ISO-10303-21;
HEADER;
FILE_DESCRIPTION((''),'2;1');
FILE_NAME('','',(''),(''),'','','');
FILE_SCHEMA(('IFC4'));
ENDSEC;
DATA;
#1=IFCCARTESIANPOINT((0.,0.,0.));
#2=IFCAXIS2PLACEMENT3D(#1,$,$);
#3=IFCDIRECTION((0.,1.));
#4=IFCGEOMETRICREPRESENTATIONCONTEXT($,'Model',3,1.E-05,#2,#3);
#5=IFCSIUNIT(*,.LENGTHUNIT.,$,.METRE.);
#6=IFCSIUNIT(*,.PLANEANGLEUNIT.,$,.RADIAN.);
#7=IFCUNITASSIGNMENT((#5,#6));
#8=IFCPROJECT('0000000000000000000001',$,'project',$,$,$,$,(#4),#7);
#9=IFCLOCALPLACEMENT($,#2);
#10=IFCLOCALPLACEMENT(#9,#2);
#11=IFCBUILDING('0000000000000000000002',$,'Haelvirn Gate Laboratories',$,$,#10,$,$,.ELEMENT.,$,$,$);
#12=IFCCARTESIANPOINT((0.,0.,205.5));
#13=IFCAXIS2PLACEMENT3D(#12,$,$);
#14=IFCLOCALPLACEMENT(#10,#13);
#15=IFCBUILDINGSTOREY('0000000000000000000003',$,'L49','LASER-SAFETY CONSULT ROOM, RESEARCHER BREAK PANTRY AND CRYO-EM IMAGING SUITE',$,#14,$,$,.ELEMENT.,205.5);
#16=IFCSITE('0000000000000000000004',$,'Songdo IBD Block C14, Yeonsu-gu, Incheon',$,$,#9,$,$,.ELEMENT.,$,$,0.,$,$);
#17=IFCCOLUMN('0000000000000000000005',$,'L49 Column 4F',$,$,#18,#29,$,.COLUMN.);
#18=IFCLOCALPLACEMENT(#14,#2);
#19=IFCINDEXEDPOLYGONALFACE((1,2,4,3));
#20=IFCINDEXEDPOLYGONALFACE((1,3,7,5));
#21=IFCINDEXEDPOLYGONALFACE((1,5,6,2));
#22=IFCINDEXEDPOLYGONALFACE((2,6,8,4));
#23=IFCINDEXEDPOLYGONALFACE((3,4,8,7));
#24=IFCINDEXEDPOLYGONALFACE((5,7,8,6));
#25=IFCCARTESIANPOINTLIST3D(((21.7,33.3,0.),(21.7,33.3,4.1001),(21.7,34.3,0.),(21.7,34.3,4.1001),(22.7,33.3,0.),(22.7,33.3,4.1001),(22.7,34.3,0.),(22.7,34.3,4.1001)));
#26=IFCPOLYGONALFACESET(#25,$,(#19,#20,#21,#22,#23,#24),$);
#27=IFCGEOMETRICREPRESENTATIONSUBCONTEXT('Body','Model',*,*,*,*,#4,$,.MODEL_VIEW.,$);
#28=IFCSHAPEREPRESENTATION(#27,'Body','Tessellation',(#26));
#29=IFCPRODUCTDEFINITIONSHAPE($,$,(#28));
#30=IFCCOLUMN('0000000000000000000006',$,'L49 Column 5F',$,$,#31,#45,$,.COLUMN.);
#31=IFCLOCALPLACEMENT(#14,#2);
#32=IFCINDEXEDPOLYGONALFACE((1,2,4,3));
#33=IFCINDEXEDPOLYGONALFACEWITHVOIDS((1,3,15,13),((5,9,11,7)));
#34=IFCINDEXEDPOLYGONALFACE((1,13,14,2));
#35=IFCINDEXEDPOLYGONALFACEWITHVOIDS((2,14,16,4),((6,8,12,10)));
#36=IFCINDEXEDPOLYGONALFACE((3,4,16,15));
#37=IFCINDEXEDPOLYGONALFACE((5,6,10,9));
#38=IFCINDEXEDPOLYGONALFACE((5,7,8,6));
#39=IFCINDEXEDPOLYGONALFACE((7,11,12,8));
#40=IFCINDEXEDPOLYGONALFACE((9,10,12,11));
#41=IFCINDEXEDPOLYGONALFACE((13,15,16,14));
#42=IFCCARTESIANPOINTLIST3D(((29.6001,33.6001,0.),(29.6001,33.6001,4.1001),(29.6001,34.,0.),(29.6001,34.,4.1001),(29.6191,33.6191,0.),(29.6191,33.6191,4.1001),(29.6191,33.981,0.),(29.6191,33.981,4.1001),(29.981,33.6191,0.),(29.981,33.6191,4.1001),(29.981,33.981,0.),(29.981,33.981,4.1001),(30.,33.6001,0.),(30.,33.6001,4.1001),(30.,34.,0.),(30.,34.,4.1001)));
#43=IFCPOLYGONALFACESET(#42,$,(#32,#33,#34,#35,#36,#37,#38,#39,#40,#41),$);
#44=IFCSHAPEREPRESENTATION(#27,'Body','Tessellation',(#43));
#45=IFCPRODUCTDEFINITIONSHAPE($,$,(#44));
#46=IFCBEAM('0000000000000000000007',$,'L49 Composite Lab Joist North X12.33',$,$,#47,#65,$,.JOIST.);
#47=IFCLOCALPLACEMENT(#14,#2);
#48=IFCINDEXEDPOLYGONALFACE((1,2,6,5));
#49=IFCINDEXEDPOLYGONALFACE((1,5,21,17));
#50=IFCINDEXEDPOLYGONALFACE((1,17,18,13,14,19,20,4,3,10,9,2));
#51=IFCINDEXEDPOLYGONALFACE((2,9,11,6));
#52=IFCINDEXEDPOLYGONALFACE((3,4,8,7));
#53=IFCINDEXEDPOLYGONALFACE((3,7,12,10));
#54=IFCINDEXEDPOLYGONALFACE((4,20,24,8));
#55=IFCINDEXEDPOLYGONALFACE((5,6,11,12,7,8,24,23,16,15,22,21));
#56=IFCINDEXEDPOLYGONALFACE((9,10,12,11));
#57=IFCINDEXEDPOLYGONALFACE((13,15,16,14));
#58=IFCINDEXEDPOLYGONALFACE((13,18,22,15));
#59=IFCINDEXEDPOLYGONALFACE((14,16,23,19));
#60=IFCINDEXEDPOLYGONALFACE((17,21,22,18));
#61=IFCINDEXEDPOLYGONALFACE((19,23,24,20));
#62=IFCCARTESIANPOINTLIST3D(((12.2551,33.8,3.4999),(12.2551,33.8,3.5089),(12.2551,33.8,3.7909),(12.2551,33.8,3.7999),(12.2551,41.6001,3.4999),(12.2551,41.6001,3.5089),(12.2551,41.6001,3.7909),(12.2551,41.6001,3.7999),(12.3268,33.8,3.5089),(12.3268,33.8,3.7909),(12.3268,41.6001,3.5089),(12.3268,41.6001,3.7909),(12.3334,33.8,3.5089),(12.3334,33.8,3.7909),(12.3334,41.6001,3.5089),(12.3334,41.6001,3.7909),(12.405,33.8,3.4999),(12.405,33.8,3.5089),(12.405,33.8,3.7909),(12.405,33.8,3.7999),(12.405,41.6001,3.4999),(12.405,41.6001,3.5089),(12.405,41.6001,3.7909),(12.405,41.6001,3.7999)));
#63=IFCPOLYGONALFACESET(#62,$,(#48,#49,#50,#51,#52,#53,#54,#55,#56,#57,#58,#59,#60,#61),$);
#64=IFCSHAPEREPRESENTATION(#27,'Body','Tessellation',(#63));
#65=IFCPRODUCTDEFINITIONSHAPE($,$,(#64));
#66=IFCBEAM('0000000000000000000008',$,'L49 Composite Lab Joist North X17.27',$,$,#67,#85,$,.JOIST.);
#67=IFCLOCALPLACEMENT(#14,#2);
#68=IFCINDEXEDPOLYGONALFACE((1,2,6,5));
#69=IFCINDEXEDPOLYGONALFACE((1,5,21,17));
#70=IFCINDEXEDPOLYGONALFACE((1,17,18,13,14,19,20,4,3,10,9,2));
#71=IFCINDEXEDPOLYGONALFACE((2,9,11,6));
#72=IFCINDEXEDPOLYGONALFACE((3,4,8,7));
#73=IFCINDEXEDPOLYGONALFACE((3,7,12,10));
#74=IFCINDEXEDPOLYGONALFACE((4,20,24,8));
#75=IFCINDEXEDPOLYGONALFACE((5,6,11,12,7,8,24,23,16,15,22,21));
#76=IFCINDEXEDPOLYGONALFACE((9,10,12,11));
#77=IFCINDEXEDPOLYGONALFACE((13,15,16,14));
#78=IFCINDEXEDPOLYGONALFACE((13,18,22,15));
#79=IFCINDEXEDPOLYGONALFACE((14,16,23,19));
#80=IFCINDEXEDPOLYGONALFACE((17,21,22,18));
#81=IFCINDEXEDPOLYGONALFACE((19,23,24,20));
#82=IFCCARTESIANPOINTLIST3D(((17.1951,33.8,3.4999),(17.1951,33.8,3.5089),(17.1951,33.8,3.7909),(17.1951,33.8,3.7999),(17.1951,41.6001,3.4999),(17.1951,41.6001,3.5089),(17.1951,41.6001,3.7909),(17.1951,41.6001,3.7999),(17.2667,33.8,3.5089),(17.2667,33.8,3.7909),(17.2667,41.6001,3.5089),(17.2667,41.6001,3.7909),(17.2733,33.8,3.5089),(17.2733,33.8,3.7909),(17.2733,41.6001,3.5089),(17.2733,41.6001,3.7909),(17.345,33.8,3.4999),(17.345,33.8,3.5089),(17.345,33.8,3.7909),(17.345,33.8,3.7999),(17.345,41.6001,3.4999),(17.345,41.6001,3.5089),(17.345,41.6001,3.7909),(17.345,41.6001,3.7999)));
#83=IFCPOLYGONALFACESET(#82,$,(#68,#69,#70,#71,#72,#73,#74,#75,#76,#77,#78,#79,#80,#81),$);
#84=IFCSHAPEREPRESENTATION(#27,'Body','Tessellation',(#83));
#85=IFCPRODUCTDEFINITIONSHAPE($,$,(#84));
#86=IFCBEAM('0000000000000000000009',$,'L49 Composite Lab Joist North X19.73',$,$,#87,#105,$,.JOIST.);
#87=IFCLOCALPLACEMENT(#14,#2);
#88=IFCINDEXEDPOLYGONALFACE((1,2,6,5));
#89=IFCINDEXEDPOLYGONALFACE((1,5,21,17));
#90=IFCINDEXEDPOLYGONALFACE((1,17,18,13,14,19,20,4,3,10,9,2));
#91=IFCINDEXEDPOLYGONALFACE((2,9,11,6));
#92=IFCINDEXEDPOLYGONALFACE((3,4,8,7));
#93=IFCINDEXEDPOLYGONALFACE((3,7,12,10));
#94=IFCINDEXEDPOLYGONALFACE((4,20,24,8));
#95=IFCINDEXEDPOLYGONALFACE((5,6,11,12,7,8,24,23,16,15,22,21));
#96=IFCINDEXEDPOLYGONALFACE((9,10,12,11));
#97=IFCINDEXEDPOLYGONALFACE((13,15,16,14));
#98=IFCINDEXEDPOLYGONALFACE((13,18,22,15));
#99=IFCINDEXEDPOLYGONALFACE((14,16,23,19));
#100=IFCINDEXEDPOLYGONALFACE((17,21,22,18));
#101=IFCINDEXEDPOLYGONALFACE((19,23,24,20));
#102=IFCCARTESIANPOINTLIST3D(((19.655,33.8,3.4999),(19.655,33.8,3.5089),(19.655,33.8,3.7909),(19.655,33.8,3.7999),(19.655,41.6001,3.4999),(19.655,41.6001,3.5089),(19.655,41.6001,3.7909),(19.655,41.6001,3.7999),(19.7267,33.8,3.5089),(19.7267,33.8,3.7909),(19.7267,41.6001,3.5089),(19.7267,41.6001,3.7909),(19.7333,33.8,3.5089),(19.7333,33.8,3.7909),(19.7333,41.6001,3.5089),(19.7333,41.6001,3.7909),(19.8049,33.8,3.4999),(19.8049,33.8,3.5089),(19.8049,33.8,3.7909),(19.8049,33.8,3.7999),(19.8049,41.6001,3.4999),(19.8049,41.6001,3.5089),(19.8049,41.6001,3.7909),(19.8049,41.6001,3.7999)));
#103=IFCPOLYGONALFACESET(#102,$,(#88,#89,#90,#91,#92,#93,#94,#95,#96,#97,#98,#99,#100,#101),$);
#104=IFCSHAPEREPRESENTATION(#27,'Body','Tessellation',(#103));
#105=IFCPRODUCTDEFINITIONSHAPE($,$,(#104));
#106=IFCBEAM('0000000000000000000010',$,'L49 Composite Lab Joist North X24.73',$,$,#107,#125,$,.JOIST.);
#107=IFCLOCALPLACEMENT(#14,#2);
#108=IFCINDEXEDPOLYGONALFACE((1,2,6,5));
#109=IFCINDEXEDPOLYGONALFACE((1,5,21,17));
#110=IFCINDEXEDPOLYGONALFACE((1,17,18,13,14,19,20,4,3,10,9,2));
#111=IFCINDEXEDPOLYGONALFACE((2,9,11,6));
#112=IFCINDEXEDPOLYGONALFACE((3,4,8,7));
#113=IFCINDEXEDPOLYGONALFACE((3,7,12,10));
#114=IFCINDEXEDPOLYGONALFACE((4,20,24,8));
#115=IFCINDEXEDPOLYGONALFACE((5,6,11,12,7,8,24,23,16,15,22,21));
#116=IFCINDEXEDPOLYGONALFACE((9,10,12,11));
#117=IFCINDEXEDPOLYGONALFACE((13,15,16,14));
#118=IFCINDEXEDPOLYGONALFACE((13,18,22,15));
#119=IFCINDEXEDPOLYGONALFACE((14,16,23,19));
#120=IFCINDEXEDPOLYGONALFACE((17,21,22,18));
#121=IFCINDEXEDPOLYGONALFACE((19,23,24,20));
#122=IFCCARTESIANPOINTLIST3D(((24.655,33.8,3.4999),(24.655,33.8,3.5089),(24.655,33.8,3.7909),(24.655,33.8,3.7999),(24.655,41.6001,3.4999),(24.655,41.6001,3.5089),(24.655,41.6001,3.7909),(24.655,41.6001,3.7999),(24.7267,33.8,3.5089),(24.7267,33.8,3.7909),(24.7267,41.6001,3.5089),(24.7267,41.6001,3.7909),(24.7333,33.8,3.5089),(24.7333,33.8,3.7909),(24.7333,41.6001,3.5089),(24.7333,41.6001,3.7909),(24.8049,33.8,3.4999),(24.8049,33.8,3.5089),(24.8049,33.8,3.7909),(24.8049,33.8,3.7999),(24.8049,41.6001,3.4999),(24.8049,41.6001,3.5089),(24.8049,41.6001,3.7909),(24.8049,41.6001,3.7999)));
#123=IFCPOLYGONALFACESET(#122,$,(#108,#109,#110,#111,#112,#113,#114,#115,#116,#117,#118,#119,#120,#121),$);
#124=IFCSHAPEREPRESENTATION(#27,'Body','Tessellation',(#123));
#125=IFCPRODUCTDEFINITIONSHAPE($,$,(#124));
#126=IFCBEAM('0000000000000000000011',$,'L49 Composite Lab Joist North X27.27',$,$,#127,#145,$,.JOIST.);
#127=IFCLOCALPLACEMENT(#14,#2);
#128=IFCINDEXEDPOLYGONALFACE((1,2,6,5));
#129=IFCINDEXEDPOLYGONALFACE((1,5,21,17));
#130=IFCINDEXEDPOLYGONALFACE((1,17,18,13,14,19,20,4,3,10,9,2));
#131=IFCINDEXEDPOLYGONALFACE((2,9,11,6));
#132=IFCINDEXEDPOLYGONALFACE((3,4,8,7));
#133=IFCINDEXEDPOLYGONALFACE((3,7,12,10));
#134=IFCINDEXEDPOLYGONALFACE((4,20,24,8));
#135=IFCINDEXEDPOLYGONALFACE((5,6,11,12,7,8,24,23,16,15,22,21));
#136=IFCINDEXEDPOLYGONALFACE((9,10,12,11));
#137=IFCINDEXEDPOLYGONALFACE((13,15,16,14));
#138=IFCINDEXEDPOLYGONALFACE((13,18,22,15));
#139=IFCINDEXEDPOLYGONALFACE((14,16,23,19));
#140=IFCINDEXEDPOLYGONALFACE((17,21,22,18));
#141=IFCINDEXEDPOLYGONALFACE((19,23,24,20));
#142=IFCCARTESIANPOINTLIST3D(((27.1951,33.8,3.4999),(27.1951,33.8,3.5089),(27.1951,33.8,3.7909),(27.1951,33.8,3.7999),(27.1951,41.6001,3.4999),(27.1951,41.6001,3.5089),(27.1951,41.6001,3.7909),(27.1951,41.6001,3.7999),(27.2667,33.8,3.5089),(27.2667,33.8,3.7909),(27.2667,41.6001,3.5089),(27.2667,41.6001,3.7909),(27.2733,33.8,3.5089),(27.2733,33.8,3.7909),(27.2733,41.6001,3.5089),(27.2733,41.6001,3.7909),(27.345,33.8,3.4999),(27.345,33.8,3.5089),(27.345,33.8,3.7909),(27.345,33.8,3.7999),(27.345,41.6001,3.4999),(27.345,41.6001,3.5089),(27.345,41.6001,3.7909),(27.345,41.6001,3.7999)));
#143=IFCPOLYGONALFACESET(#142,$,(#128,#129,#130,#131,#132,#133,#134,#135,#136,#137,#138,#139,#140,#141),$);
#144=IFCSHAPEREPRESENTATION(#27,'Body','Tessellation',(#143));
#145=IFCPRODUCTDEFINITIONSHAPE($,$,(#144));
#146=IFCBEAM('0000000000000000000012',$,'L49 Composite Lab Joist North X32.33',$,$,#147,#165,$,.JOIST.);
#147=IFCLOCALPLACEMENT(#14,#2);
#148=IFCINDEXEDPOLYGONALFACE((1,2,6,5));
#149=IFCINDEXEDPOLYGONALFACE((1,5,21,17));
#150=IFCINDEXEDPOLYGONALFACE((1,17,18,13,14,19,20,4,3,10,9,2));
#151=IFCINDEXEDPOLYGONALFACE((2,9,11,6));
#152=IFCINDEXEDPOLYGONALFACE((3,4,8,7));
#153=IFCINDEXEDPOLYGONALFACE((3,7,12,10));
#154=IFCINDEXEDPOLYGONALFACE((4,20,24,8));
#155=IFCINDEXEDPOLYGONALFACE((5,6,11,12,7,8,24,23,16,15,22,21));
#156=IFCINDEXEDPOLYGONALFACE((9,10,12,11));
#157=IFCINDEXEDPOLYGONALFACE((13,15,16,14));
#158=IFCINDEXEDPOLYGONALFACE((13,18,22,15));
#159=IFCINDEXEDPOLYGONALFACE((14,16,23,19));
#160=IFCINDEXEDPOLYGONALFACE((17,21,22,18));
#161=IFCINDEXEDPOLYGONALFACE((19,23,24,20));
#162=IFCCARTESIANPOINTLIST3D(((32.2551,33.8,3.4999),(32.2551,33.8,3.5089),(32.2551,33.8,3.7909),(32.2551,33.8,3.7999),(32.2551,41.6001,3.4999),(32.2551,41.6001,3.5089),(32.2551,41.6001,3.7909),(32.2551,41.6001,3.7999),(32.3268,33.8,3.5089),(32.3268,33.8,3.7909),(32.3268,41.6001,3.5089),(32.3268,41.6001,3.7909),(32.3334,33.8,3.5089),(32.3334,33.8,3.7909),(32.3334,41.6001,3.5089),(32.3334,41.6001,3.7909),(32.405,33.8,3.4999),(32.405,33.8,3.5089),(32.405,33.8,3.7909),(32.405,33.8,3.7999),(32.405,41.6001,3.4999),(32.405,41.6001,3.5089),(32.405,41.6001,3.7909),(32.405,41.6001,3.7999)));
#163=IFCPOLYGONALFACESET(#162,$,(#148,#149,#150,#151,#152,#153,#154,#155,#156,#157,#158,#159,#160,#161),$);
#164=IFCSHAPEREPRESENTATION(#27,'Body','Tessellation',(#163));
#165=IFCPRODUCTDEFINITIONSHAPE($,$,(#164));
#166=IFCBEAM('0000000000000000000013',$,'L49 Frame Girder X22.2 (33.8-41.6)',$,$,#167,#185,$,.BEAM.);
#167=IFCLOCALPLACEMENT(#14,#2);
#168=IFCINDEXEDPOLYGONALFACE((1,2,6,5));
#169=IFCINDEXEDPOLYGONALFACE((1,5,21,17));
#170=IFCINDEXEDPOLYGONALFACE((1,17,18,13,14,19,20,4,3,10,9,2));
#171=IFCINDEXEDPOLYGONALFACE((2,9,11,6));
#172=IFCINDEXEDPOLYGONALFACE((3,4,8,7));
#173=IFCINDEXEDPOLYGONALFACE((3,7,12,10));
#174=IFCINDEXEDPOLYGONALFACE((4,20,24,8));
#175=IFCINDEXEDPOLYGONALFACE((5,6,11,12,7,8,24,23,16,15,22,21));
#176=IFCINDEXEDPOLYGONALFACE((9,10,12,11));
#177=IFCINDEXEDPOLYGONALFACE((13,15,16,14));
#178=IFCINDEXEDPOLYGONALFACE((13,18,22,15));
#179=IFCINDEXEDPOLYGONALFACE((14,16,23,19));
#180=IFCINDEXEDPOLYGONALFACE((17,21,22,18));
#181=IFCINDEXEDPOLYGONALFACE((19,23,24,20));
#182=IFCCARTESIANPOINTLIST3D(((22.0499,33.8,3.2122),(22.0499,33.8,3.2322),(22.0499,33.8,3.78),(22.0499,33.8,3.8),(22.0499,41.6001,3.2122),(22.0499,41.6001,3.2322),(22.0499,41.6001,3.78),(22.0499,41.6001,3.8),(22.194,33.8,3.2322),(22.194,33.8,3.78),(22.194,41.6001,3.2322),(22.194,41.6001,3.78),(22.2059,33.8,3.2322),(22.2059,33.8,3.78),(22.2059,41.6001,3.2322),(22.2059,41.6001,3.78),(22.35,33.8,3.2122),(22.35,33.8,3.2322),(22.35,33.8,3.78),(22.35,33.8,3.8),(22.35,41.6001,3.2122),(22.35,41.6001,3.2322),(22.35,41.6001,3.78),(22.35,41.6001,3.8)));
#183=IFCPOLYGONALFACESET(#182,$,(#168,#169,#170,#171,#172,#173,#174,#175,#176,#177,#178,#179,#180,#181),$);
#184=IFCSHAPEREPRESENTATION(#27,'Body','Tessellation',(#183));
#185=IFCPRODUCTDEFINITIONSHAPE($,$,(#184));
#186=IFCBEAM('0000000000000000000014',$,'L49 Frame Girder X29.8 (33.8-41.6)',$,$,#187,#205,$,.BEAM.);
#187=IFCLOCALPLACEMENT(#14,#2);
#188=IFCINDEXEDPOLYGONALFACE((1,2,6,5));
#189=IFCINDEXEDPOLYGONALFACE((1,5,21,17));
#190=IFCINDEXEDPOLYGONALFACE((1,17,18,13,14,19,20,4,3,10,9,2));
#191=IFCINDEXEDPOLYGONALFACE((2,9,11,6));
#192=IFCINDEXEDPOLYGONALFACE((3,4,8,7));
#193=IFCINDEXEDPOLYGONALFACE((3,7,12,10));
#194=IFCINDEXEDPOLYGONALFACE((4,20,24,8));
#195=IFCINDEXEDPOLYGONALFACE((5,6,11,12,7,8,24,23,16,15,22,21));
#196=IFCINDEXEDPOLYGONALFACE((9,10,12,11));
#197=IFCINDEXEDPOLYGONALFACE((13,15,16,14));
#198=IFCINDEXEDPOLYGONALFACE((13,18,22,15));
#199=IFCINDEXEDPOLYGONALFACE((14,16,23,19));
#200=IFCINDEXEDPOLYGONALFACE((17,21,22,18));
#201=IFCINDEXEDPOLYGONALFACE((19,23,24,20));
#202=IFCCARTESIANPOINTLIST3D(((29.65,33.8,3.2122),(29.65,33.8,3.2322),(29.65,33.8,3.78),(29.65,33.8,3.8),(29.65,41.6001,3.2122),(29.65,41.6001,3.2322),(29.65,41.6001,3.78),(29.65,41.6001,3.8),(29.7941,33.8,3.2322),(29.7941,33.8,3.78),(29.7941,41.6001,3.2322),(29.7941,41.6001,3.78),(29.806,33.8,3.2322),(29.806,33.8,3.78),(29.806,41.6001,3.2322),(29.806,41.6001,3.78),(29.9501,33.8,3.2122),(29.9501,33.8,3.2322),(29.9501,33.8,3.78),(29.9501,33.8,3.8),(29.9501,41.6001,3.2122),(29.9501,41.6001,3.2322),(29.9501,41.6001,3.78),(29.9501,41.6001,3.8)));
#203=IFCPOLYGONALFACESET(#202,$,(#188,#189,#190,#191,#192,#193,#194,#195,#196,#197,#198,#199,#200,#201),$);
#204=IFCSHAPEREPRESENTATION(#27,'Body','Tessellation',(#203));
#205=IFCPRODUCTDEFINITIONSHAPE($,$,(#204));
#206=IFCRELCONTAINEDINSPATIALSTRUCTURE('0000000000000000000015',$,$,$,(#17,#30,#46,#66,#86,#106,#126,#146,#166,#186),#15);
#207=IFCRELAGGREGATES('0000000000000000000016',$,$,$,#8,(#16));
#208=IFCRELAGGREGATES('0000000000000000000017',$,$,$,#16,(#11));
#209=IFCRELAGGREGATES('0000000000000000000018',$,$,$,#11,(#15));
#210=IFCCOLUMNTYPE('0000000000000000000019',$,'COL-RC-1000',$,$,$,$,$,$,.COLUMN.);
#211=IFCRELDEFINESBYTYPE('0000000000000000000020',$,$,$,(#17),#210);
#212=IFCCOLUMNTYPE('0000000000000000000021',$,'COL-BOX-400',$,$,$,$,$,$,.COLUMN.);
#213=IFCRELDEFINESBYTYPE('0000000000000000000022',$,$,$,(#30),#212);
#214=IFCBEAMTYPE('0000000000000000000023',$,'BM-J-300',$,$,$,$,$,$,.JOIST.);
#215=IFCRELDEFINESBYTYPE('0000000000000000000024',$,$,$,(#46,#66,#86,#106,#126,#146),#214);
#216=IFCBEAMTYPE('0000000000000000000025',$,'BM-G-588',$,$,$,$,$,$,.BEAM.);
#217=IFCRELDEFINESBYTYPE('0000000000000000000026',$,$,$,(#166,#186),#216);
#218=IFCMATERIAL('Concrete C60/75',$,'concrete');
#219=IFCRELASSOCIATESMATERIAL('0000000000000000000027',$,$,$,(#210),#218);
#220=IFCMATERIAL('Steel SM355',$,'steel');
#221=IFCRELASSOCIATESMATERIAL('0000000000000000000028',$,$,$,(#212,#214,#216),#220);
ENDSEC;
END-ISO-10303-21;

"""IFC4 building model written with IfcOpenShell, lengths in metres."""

from ifc_helpers import new_model, si_unit, direction, frame, origin, origin_2d, place, context, subcontext, project, spatial, rectangle, hollow_rectangle, i_section, extrude, source, transform, mapped, material, material_profile, profile_set, type_object, type_shapes, element, save


model = new_model("IFC4")

# Units and contexts
model_context = context("Model", 3, precision=1e-05, world=origin(), true_north=direction((0.0, 1.0)))
body_context = subcontext(model_context, "Body", "Model", "MODEL_VIEW")
ifc_project = project(units=[si_unit("LENGTHUNIT", "METRE"), si_unit("PLANEANGLEUNIT", "RADIAN")], contexts=[model_context])

# Site, building, storey
site_placement = place(None, origin())
site = spatial("IfcSite", under=ifc_project, at=site_placement, Name="Songdo IBD Block C14, Yeonsu-gu, Incheon", CompositionType="ELEMENT", RefElevation=0.0)
building_placement = place(site_placement, origin())
building = spatial("IfcBuilding", under=site, at=building_placement, Name="Haelvirn Gate Laboratories", CompositionType="ELEMENT")
storey_placement = place(building_placement, frame((0.0, 0.0, 205.5)))
storey = spatial("IfcBuildingStorey", under=building, at=storey_placement, Name="L49", Description="LASER-SAFETY CONSULT ROOM, RESEARCHER BREAK PANTRY AND CRYO-EM IMAGING SUITE", CompositionType="ELEMENT", Elevation=205.5)

# Columns
ifc_material_1 = material(Name="Concrete C60/75", Category="concrete")
ifc_material_profile_1 = material_profile(ifc_material_1, rectangle(XDim=1.0, YDim=1.0, at=origin_2d()), Name="RC-1000x1000")
ifc_profile_set_1 = profile_set([ifc_material_profile_1], Name="Concrete C60/75")
column_type_1 = type_object("IfcColumnType", Name="COL-RC-1000", PredefinedType="COLUMN", material=ifc_profile_set_1)
shared_shape_1 = source(origin(), body_context, "Body", "SweptSolid", [
    extrude(rectangle(XDim=1.0, YDim=1.0, at=origin_2d()), origin(), (0.0, 0.0, 1.0), 4.1001),
])
type_shapes(column_type_1, [shared_shape_1])
column_1_placement = place(storey_placement, frame((22.2, 33.8, 0.0), z_axis=(0.0, 0.0, 1.0), x_axis=(1.0, 0.0, 0.0)))
element("IfcColumn", 1, at=column_1_placement, inside=storey, type_object=column_type_1, Name="L49 Column 4F", PredefinedType="COLUMN", context=body_context, shape_type="MappedRepresentation", body=[
    mapped(shared_shape_1, transform((0.0, 0.0, 0.0), scale=1.0)),
])
ifc_material_2 = material(Name="Steel SM355", Category="steel")
ifc_material_profile_2 = material_profile(ifc_material_2, hollow_rectangle(XDim=0.3999, YDim=0.3999, WallThickness=0.019, at=origin_2d()), Name="BOX-400x400x19")
ifc_profile_set_2 = profile_set([ifc_material_profile_2], Name="Steel SM355")
column_type_2 = type_object("IfcColumnType", Name="COL-BOX-400", PredefinedType="COLUMN", material=ifc_profile_set_2)
shared_shape_2 = source(origin(), body_context, "Body", "SweptSolid", [
    extrude(hollow_rectangle(XDim=0.3999, YDim=0.3999, WallThickness=0.019, at=origin_2d()), origin(), (0.0, 0.0, 1.0), 4.1001),
])
type_shapes(column_type_2, [shared_shape_2])
column_2_placement = place(storey_placement, frame((29.8, 33.8, 0.0), z_axis=(0.0, 0.0, 1.0), x_axis=(1.0, 0.0, 0.0)))
element("IfcColumn", 2, at=column_2_placement, inside=storey, type_object=column_type_2, Name="L49 Column 5F", PredefinedType="COLUMN", context=body_context, shape_type="MappedRepresentation", body=[
    mapped(shared_shape_2, transform((0.0, 0.0, 0.0), scale=1.0)),
])

# Beams
ifc_material_profile_3 = material_profile(ifc_material_2, i_section(OverallWidth=0.1499, OverallDepth=0.3, WebThickness=0.0066, FlangeThickness=0.009, at=origin_2d()), Name="H-300x150x6.5x9")
ifc_profile_set_3 = profile_set([ifc_material_profile_3], Name="Steel SM355")
beam_type_1 = type_object("IfcBeamType", Name="BM-J-300", PredefinedType="JOIST", material=ifc_profile_set_3)
shared_shape_3 = source(origin(), body_context, "Body", "SweptSolid", [
    extrude(i_section(OverallWidth=0.1499, OverallDepth=0.3, WebThickness=0.0066, FlangeThickness=0.009, at=origin_2d()), origin(), (0.0, 0.0, 1.0), 7.8),
])
type_shapes(beam_type_1, [shared_shape_3])
for number, where, z_axis, x_axis, name in (
    (3, (12.3301, 33.8, 3.6499), (0.0, 1.0, 0.0), (-1.0, 0.0, 0.0), "L49 Composite Lab Joist North X12.33"),
    (4, (17.27, 33.8, 3.6499), (0.0, 1.0, 0.0), (-1.0, 0.0, 0.0), "L49 Composite Lab Joist North X17.27"),
    (5, (19.73, 33.8, 3.6499), (0.0, 1.0, 0.0), (-1.0, 0.0, 0.0), "L49 Composite Lab Joist North X19.73"),
    (6, (24.73, 33.8, 3.6499), (0.0, 1.0, 0.0), (-1.0, 0.0, 0.0), "L49 Composite Lab Joist North X24.73"),
    (7, (27.27, 33.8, 3.6499), (0.0, 1.0, 0.0), (-1.0, 0.0, 0.0), "L49 Composite Lab Joist North X27.27"),
    (8, (32.3301, 33.8, 3.6499), (0.0, 1.0, 0.0), (-1.0, 0.0, 0.0), "L49 Composite Lab Joist North X32.33"),
):
    element("IfcBeam", number, at=place(storey_placement, frame(where, z_axis=z_axis, x_axis=x_axis)), inside=storey, type_object=beam_type_1, Name=name, PredefinedType="JOIST", context=body_context, shape_type="MappedRepresentation", body=[
        mapped(shared_shape_3, transform((0.0, 0.0, 0.0), scale=1.0)),
    ])
ifc_material_profile_4 = material_profile(ifc_material_2, i_section(OverallWidth=0.3, OverallDepth=0.5879, WebThickness=0.012, FlangeThickness=0.02, at=origin_2d()), Name="H-588x300x12x20")
ifc_profile_set_4 = profile_set([ifc_material_profile_4], Name="Steel SM355")
beam_type_2 = type_object("IfcBeamType", Name="BM-G-588", PredefinedType="BEAM", material=ifc_profile_set_4)
shared_shape_4 = source(origin(), body_context, "Body", "SweptSolid", [
    extrude(i_section(OverallWidth=0.3, OverallDepth=0.5879, WebThickness=0.012, FlangeThickness=0.02, at=origin_2d()), origin(), (0.0, 0.0, 1.0), 7.8),
])
type_shapes(beam_type_2, [shared_shape_4])
for number, where, z_axis, x_axis, name in (
    (9, (22.2, 33.8, 3.5061), (0.0, 1.0, 0.0), (-1.0, 0.0, 0.0), "L49 Frame Girder X22.2 (33.8-41.6)"),
    (10, (29.8, 33.8, 3.5061), (0.0, 1.0, 0.0), (-1.0, 0.0, 0.0), "L49 Frame Girder X29.8 (33.8-41.6)"),
):
    element("IfcBeam", number, at=place(storey_placement, frame(where, z_axis=z_axis, x_axis=x_axis)), inside=storey, type_object=beam_type_2, Name=name, PredefinedType="BEAM", context=body_context, shape_type="MappedRepresentation", body=[
        mapped(shared_shape_4, transform((0.0, 0.0, 0.0), scale=1.0)),
    ])

save(model, "model.ifc")
